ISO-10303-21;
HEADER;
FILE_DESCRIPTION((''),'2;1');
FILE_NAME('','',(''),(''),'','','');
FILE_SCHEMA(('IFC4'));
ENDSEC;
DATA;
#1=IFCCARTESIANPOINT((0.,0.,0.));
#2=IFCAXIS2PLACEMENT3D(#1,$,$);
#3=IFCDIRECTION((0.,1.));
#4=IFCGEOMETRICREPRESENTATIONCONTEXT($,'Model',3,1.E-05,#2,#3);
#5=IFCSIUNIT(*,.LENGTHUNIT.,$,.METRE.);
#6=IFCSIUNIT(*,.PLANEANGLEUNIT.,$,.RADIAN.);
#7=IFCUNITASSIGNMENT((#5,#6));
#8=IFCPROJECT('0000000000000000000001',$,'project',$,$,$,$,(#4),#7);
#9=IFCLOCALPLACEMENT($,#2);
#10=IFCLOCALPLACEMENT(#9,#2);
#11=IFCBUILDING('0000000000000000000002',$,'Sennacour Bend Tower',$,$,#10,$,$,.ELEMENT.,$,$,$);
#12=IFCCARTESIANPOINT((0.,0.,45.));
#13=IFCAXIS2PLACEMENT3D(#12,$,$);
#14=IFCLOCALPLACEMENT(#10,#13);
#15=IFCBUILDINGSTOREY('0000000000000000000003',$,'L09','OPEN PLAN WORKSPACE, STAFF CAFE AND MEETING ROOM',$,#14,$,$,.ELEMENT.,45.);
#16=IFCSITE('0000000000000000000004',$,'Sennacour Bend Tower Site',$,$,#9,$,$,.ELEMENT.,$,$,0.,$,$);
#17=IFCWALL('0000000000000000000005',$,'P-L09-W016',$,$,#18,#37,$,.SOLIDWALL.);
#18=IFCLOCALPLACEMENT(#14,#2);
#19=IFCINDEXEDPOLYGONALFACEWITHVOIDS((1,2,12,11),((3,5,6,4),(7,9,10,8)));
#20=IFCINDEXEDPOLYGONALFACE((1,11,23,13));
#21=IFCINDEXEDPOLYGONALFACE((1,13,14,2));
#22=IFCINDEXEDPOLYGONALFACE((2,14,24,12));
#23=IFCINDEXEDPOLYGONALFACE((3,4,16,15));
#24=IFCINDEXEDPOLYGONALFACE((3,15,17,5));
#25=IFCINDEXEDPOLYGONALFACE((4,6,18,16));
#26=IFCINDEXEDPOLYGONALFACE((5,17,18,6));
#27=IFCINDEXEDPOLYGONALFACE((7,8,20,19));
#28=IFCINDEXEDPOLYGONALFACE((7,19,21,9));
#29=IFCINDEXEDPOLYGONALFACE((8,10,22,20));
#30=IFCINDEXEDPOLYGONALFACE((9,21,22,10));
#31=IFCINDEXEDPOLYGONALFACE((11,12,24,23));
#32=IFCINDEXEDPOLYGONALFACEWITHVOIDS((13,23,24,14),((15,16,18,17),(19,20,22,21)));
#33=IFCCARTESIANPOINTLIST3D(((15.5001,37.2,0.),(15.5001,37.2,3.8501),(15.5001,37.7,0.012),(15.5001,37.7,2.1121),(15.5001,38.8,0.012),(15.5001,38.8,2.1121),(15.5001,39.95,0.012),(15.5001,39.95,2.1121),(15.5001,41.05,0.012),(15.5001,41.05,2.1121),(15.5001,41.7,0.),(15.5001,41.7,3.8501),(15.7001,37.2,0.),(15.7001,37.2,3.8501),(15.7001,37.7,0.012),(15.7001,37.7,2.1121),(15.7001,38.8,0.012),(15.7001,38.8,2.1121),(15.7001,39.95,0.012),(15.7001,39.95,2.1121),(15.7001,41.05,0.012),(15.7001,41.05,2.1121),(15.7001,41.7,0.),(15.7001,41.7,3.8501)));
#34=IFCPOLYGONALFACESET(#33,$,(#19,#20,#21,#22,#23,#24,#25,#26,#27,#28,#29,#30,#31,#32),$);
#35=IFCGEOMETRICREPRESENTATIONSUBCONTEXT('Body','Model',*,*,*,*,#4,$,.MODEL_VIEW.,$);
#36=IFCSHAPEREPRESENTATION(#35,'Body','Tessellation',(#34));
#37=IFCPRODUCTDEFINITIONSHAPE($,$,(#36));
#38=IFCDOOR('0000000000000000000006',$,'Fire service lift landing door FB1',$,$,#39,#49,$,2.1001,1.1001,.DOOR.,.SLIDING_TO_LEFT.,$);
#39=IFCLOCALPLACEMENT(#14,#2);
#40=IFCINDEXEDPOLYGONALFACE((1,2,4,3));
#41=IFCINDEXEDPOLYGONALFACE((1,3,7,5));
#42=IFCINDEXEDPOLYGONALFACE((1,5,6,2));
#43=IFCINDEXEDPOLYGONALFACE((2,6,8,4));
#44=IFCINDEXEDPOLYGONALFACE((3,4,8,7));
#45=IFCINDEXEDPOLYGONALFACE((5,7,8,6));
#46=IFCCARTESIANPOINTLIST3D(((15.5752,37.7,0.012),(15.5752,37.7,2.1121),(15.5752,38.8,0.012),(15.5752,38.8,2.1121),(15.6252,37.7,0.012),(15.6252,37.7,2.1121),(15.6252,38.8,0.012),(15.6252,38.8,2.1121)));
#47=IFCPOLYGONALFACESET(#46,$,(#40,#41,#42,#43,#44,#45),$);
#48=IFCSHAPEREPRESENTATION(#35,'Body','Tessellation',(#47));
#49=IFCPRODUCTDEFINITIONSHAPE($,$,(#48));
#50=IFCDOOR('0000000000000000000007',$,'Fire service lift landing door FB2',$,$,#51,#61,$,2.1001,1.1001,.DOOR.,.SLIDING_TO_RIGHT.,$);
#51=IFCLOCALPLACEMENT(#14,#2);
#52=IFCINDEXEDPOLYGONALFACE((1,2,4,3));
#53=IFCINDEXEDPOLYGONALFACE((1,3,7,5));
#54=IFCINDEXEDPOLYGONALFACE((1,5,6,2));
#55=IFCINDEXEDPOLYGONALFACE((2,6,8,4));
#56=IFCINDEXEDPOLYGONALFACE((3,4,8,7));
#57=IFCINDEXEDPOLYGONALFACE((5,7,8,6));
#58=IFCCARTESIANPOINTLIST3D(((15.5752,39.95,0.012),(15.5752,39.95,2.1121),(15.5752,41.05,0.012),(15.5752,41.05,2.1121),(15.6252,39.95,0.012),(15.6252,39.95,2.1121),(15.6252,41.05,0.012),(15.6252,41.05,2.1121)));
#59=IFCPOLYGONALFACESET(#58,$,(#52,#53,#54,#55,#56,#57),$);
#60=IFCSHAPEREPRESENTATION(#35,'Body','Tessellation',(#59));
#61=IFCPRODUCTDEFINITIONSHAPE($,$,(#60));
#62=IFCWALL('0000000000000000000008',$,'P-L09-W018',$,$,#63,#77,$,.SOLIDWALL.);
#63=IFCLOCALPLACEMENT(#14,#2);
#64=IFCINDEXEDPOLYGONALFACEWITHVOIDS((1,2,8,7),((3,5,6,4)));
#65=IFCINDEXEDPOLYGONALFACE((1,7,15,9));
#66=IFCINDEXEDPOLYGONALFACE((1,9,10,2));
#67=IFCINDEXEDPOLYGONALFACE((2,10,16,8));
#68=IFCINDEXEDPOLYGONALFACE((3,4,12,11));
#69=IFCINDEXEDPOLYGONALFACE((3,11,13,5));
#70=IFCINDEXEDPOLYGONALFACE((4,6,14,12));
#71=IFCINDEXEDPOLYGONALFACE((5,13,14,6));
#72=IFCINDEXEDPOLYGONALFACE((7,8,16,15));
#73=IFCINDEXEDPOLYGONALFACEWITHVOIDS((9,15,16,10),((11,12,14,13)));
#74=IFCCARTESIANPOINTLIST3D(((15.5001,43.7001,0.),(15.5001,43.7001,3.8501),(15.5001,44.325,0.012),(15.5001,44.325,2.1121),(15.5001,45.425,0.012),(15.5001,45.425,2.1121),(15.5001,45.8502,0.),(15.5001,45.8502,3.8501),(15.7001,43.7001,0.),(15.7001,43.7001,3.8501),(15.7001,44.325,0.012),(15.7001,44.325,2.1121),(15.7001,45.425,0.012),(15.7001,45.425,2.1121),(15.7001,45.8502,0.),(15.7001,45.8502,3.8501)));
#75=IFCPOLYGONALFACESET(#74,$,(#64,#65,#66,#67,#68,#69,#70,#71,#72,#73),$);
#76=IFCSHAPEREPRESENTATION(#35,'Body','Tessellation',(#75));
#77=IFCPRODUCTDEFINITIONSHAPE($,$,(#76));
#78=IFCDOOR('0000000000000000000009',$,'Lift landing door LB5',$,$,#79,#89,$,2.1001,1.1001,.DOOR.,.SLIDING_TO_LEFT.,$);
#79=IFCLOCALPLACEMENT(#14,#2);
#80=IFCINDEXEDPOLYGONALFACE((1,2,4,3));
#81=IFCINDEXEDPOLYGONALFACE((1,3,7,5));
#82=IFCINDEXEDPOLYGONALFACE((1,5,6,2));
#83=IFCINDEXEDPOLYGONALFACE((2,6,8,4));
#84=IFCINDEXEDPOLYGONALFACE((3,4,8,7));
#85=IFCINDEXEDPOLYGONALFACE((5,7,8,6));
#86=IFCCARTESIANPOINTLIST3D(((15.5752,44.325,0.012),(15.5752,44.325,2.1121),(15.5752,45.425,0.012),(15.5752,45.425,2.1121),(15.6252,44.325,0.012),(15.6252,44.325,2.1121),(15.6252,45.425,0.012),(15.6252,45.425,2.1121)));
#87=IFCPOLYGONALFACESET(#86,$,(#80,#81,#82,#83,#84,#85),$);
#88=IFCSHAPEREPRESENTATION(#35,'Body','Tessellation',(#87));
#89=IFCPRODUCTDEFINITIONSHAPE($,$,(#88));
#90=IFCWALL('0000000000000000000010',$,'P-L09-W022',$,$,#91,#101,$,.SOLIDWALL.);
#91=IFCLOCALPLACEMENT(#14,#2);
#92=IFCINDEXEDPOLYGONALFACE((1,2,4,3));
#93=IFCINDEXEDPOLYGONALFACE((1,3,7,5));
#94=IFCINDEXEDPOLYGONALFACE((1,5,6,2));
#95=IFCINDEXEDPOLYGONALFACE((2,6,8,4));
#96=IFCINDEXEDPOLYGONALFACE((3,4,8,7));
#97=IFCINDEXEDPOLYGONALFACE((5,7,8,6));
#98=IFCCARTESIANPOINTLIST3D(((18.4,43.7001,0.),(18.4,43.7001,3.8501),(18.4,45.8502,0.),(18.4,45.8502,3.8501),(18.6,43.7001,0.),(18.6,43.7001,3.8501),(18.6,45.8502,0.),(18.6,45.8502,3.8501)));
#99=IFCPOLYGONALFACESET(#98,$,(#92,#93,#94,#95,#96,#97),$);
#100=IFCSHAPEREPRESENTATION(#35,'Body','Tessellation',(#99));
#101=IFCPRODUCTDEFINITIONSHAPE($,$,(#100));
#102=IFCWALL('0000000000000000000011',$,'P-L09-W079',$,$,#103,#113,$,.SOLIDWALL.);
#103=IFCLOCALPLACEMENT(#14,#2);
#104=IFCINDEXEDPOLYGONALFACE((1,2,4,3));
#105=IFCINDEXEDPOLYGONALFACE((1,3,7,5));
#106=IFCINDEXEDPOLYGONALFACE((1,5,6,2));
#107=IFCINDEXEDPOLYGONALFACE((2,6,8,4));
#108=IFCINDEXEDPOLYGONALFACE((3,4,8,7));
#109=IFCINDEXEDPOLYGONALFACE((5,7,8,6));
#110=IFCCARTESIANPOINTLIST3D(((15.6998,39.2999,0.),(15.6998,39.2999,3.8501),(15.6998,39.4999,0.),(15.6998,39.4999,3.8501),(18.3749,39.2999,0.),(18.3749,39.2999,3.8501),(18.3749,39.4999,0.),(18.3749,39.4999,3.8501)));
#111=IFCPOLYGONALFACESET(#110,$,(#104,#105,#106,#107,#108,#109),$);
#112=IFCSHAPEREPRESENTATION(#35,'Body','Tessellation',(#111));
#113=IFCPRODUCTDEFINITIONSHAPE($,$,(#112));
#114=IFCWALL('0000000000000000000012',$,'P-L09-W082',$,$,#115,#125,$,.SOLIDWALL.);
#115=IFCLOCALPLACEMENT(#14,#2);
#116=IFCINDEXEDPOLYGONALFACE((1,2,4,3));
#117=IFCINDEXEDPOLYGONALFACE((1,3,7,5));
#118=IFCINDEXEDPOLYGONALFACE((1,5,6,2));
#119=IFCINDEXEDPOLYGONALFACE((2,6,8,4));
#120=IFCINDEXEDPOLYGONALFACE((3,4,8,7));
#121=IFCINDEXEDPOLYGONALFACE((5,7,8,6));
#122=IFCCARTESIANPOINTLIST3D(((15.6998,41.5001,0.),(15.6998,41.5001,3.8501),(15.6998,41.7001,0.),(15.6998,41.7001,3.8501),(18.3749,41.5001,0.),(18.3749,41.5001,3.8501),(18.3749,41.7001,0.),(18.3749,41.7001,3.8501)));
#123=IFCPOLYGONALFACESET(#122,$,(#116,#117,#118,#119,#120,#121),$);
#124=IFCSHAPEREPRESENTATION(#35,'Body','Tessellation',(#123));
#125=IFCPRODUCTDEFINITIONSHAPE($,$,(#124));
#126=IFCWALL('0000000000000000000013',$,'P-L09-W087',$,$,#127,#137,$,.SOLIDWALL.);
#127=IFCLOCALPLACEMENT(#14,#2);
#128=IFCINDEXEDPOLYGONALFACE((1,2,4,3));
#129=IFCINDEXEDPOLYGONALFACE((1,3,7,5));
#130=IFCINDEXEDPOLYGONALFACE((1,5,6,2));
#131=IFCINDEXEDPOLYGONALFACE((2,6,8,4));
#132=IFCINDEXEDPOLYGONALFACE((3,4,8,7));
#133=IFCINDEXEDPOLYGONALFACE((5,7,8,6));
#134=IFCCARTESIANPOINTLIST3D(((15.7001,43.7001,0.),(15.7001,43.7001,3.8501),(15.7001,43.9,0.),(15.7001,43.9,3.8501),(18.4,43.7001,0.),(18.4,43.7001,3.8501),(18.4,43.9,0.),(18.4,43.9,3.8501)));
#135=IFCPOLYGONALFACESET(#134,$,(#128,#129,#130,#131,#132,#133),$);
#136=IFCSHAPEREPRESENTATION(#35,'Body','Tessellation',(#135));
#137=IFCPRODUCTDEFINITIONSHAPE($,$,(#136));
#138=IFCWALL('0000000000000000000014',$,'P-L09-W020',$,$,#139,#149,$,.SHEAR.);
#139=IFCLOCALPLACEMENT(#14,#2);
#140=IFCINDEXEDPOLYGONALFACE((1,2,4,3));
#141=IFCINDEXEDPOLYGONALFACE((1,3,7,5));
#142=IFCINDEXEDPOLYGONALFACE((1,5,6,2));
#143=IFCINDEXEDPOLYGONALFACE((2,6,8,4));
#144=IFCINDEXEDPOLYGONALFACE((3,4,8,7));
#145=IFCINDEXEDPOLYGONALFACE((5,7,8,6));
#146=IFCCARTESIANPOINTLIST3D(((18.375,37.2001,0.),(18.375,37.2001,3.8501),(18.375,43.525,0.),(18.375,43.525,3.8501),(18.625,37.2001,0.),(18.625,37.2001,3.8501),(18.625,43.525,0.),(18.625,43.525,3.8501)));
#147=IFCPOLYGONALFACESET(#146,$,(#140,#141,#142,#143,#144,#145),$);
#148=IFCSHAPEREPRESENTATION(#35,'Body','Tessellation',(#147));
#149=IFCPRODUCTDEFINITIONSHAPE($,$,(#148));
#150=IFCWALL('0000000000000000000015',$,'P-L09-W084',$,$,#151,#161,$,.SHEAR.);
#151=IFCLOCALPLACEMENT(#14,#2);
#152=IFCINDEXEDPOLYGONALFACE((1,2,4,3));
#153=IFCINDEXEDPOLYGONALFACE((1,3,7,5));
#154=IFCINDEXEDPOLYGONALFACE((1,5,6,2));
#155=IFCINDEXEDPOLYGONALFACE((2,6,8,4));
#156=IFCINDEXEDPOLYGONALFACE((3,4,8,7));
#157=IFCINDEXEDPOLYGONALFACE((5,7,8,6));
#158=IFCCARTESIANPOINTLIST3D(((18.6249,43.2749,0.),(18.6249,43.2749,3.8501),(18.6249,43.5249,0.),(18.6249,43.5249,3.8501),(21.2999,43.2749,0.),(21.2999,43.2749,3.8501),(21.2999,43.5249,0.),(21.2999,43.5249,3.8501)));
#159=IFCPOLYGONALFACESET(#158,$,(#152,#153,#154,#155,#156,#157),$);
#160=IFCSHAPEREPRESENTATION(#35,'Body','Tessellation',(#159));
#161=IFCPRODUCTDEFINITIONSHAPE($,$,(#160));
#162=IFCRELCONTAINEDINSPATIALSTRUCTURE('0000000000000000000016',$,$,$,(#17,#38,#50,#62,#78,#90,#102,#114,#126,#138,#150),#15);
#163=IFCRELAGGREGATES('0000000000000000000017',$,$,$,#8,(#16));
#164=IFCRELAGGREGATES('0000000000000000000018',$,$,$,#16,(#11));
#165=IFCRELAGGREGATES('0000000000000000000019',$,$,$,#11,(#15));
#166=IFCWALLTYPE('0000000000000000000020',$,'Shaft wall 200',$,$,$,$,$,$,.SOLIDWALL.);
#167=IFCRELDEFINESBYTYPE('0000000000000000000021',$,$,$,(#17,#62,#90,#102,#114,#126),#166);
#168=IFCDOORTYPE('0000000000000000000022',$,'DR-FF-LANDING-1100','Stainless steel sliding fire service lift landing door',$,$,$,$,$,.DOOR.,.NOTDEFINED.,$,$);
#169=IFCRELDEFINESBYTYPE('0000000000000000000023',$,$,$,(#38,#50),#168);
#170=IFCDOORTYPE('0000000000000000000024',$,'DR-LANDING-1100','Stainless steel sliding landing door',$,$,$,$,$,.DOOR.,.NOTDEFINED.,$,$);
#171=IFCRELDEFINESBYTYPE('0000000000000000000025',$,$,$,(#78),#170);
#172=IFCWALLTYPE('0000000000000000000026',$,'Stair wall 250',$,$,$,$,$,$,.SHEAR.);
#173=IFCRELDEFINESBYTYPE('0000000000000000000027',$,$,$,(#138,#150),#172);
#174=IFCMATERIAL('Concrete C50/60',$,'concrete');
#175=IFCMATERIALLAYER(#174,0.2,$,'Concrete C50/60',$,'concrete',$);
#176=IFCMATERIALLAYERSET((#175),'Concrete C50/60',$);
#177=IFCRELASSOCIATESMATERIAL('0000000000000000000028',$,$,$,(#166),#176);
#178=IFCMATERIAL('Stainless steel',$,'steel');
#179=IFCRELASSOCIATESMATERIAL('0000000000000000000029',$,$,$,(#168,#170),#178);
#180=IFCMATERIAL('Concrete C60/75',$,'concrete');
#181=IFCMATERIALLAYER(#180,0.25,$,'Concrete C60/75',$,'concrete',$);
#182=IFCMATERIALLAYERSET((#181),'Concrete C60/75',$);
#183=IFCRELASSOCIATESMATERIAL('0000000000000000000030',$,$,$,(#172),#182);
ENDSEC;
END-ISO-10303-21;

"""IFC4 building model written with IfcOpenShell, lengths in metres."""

from ifc_helpers import new_model, si_unit, direction, frame, frame_2d, origin, place, context, subcontext, project, spatial, rectangle, extrude, material, layer, layer_set, type_object, element, fill, save


model = new_model("IFC4")

# Units and contexts
model_context = context("Model", 3, precision=1e-05, world=origin(), true_north=direction((0.0, 1.0)))
body_context = subcontext(model_context, "Body", "Model", "MODEL_VIEW")
ifc_project = project(units=[si_unit("LENGTHUNIT", "METRE"), si_unit("PLANEANGLEUNIT", "RADIAN")], contexts=[model_context])

# Site, building, storey
site_placement = place(None, origin())
site = spatial("IfcSite", under=ifc_project, at=site_placement, Name="Sennacour Bend Tower Site", CompositionType="ELEMENT", RefElevation=0.0)
building_placement = place(site_placement, origin())
building = spatial("IfcBuilding", under=site, at=building_placement, Name="Sennacour Bend Tower", CompositionType="ELEMENT")
storey_placement = place(building_placement, frame((0.0, 0.0, 45.0)))
storey = spatial("IfcBuildingStorey", under=building, at=storey_placement, Name="L09", Description="OPEN PLAN WORKSPACE, STAFF CAFE AND MEETING ROOM", CompositionType="ELEMENT", Elevation=45.0)

# Wall, openings, doors
ifc_material_1 = material(Name="Concrete C50/60", Category="concrete")
ifc_layer_1 = layer(ifc_material_1, 0.2, Name="Concrete C50/60", Category="concrete")
ifc_layer_set_1 = layer_set([ifc_layer_1], Name="Concrete C50/60")
wall_type_1 = type_object("IfcWallType", Name="Shaft wall 200", PredefinedType="SOLIDWALL", material=ifc_layer_set_1)
wall_1_placement = place(storey_placement, frame((15.6001, 37.2, 0.0), z_axis=(0.0, 0.0, 1.0), x_axis=(0.0, 1.0, 0.0)))
wall_1 = element("IfcWall", 1, at=wall_1_placement, inside=storey, type_object=wall_type_1, Name="P-L09-W016", PredefinedType="SOLIDWALL", context=body_context, shape_type="SweptSolid", body=[
    extrude(rectangle(XDim=4.5, YDim=0.2, at=frame_2d((2.25, 0.0))), origin(), (0.0, 0.0, 1.0), 3.8501),
])
opening_1_placement = place(wall_1_placement, frame((0.5, 0.0, 0.012)))
opening_1 = element("IfcOpeningElement", 2, at=opening_1_placement, cuts=wall_1, PredefinedType="OPENING", context=body_context, shape_type="SweptSolid", body=[
    extrude(rectangle(XDim=1.1001, YDim=2.1001, at=frame_2d((0.55, 1.05))), frame((0.0, 0.1099, 0.0), z_axis=(0.0, -1.0, 0.0), x_axis=(1.0, 0.0, 0.0)), (0.0, 0.0, 1.0), 0.22),
])
opening_2_placement = place(wall_1_placement, frame((2.75, 0.0, 0.012)))
opening_2 = element("IfcOpeningElement", 3, at=opening_2_placement, cuts=wall_1, PredefinedType="OPENING", context=body_context, shape_type="SweptSolid", body=[
    extrude(rectangle(XDim=1.1001, YDim=2.1001, at=frame_2d((0.55, 1.05))), frame((0.0, 0.1099, 0.0), z_axis=(0.0, -1.0, 0.0), x_axis=(1.0, 0.0, 0.0)), (0.0, 0.0, 1.0), 0.22),
])
ifc_material_2 = material(Name="Stainless steel", Category="steel")
door_type_1 = type_object("IfcDoorType", Name="DR-FF-LANDING-1100", Description="Stainless steel sliding fire service lift landing door", OperationType="NOTDEFINED", PredefinedType="DOOR", material=ifc_material_2)
door_1_placement = place(opening_1_placement, origin())
door_1 = element("IfcDoor", 4, at=door_1_placement, inside=storey, type_object=door_type_1, Name="Fire service lift landing door FB1", OperationType="SLIDING_TO_LEFT", OverallHeight=2.1001, OverallWidth=1.1001, PredefinedType="DOOR", context=body_context, shape_type="SweptSolid", body=[
    extrude(rectangle(XDim=1.1001, YDim=2.1001, at=frame_2d((0.55, 1.05))), frame((0.0, 0.0249, 0.0), z_axis=(0.0, -1.0, 0.0), x_axis=(1.0, 0.0, 0.0)), (0.0, 0.0, 1.0), 0.05),
])
fill(opening_1, door_1)
door_2_placement = place(opening_2_placement, origin())
door_2 = element("IfcDoor", 5, at=door_2_placement, inside=storey, type_object=door_type_1, Name="Fire service lift landing door FB2", OperationType="SLIDING_TO_RIGHT", OverallHeight=2.1001, OverallWidth=1.1001, PredefinedType="DOOR", context=body_context, shape_type="SweptSolid", body=[
    extrude(rectangle(XDim=1.1001, YDim=2.1001, at=frame_2d((0.55, 1.05))), frame((0.0, 0.0249, 0.0), z_axis=(0.0, -1.0, 0.0), x_axis=(1.0, 0.0, 0.0)), (0.0, 0.0, 1.0), 0.05),
])
fill(opening_2, door_2)

# Wall, opening, door
wall_2_placement = place(storey_placement, frame((15.6001, 43.7, 0.0), z_axis=(0.0, 0.0, 1.0), x_axis=(0.0, 1.0, 0.0)))
wall_2 = element("IfcWall", 6, at=wall_2_placement, inside=storey, type_object=wall_type_1, Name="P-L09-W018", PredefinedType="SOLIDWALL", context=body_context, shape_type="SweptSolid", body=[
    extrude(rectangle(XDim=2.1501, YDim=0.2, at=frame_2d((1.0752, 0.0))), origin(), (0.0, 0.0, 1.0), 3.8501),
])
opening_3_placement = place(wall_2_placement, frame((0.625, 0.0, 0.012)))
opening_3 = element("IfcOpeningElement", 7, at=opening_3_placement, cuts=wall_2, PredefinedType="OPENING", context=body_context, shape_type="SweptSolid", body=[
    extrude(rectangle(XDim=1.1001, YDim=2.1001, at=frame_2d((0.55, 1.05))), frame((0.0, 0.1099, 0.0), z_axis=(0.0, -1.0, 0.0), x_axis=(1.0, 0.0, 0.0)), (0.0, 0.0, 1.0), 0.22),
])
door_type_2 = type_object("IfcDoorType", Name="DR-LANDING-1100", Description="Stainless steel sliding landing door", OperationType="NOTDEFINED", PredefinedType="DOOR", material=ifc_material_2)
door_3_placement = place(opening_3_placement, origin())
door_3 = element("IfcDoor", 8, at=door_3_placement, inside=storey, type_object=door_type_2, Name="Lift landing door LB5", OperationType="SLIDING_TO_LEFT", OverallHeight=2.1001, OverallWidth=1.1001, PredefinedType="DOOR", context=body_context, shape_type="SweptSolid", body=[
    extrude(rectangle(XDim=1.1001, YDim=2.1001, at=frame_2d((0.55, 1.05))), frame((0.0, 0.0249, 0.0), z_axis=(0.0, -1.0, 0.0), x_axis=(1.0, 0.0, 0.0)), (0.0, 0.0, 1.0), 0.05),
])
fill(opening_3, door_3)

# Walls
wall_3_placement = place(storey_placement, frame((18.5, 43.7, 0.0), z_axis=(0.0, 0.0, 1.0), x_axis=(0.0, 1.0, 0.0)))
element("IfcWall", 9, at=wall_3_placement, inside=storey, type_object=wall_type_1, Name="P-L09-W022", PredefinedType="SOLIDWALL", context=body_context, shape_type="SweptSolid", body=[
    extrude(rectangle(XDim=2.1501, YDim=0.2, at=frame_2d((1.0752, 0.0))), origin(), (0.0, 0.0, 1.0), 3.8501),
])
for number, where, z_axis, x_axis, name in (
    (10, (15.7, 39.3999, 0.0), (0.0, 0.0, 1.0), (1.0, 0.0, 0.0), "P-L09-W079"),
    (11, (15.7, 41.6001, 0.0), (0.0, 0.0, 1.0), (1.0, 0.0, 0.0), "P-L09-W082"),
):
    element("IfcWall", number, at=place(storey_placement, frame(where, z_axis=z_axis, x_axis=x_axis)), inside=storey, type_object=wall_type_1, Name=name, PredefinedType="SOLIDWALL", context=body_context, shape_type="SweptSolid", body=[
        extrude(rectangle(XDim=2.675, YDim=0.2, at=frame_2d((1.3374, 0.0))), origin(), (0.0, 0.0, 1.0), 3.8501),
    ])
wall_4_placement = place(storey_placement, frame((15.7, 43.8, 0.0), z_axis=(0.0, 0.0, 1.0), x_axis=(1.0, 0.0, 0.0)))
element("IfcWall", 12, at=wall_4_placement, inside=storey, type_object=wall_type_1, Name="P-L09-W087", PredefinedType="SOLIDWALL", context=body_context, shape_type="SweptSolid", body=[
    extrude(rectangle(XDim=2.7, YDim=0.2, at=frame_2d((1.3501, 0.0))), origin(), (0.0, 0.0, 1.0), 3.8501),
])
ifc_material_3 = material(Name="Concrete C60/75", Category="concrete")
ifc_layer_2 = layer(ifc_material_3, 0.25, Name="Concrete C60/75", Category="concrete")
ifc_layer_set_2 = layer_set([ifc_layer_2], Name="Concrete C60/75")
wall_type_2 = type_object("IfcWallType", Name="Stair wall 250", PredefinedType="SHEAR", material=ifc_layer_set_2)
wall_5_placement = place(storey_placement, frame((18.5, 37.2, 0.0), z_axis=(0.0, 0.0, 1.0), x_axis=(0.0, 1.0, 0.0)))
element("IfcWall", 13, at=wall_5_placement, inside=storey, type_object=wall_type_2, Name="P-L09-W020", PredefinedType="SHEAR", context=body_context, shape_type="SweptSolid", body=[
    extrude(rectangle(XDim=6.325, YDim=0.25, at=frame_2d((3.1626, 0.0))), origin(), (0.0, 0.0, 1.0), 3.8501),
])
wall_6_placement = place(storey_placement, frame((18.625, 43.3999, 0.0), z_axis=(0.0, 0.0, 1.0), x_axis=(1.0, 0.0, 0.0)))
element("IfcWall", 14, at=wall_6_placement, inside=storey, type_object=wall_type_2, Name="P-L09-W084", PredefinedType="SHEAR", context=body_context, shape_type="SweptSolid", body=[
    extrude(rectangle(XDim=2.675, YDim=0.25, at=frame_2d((1.3374, 0.0))), origin(), (0.0, 0.0, 1.0), 3.8501),
])

save(model, "model.ifc")
